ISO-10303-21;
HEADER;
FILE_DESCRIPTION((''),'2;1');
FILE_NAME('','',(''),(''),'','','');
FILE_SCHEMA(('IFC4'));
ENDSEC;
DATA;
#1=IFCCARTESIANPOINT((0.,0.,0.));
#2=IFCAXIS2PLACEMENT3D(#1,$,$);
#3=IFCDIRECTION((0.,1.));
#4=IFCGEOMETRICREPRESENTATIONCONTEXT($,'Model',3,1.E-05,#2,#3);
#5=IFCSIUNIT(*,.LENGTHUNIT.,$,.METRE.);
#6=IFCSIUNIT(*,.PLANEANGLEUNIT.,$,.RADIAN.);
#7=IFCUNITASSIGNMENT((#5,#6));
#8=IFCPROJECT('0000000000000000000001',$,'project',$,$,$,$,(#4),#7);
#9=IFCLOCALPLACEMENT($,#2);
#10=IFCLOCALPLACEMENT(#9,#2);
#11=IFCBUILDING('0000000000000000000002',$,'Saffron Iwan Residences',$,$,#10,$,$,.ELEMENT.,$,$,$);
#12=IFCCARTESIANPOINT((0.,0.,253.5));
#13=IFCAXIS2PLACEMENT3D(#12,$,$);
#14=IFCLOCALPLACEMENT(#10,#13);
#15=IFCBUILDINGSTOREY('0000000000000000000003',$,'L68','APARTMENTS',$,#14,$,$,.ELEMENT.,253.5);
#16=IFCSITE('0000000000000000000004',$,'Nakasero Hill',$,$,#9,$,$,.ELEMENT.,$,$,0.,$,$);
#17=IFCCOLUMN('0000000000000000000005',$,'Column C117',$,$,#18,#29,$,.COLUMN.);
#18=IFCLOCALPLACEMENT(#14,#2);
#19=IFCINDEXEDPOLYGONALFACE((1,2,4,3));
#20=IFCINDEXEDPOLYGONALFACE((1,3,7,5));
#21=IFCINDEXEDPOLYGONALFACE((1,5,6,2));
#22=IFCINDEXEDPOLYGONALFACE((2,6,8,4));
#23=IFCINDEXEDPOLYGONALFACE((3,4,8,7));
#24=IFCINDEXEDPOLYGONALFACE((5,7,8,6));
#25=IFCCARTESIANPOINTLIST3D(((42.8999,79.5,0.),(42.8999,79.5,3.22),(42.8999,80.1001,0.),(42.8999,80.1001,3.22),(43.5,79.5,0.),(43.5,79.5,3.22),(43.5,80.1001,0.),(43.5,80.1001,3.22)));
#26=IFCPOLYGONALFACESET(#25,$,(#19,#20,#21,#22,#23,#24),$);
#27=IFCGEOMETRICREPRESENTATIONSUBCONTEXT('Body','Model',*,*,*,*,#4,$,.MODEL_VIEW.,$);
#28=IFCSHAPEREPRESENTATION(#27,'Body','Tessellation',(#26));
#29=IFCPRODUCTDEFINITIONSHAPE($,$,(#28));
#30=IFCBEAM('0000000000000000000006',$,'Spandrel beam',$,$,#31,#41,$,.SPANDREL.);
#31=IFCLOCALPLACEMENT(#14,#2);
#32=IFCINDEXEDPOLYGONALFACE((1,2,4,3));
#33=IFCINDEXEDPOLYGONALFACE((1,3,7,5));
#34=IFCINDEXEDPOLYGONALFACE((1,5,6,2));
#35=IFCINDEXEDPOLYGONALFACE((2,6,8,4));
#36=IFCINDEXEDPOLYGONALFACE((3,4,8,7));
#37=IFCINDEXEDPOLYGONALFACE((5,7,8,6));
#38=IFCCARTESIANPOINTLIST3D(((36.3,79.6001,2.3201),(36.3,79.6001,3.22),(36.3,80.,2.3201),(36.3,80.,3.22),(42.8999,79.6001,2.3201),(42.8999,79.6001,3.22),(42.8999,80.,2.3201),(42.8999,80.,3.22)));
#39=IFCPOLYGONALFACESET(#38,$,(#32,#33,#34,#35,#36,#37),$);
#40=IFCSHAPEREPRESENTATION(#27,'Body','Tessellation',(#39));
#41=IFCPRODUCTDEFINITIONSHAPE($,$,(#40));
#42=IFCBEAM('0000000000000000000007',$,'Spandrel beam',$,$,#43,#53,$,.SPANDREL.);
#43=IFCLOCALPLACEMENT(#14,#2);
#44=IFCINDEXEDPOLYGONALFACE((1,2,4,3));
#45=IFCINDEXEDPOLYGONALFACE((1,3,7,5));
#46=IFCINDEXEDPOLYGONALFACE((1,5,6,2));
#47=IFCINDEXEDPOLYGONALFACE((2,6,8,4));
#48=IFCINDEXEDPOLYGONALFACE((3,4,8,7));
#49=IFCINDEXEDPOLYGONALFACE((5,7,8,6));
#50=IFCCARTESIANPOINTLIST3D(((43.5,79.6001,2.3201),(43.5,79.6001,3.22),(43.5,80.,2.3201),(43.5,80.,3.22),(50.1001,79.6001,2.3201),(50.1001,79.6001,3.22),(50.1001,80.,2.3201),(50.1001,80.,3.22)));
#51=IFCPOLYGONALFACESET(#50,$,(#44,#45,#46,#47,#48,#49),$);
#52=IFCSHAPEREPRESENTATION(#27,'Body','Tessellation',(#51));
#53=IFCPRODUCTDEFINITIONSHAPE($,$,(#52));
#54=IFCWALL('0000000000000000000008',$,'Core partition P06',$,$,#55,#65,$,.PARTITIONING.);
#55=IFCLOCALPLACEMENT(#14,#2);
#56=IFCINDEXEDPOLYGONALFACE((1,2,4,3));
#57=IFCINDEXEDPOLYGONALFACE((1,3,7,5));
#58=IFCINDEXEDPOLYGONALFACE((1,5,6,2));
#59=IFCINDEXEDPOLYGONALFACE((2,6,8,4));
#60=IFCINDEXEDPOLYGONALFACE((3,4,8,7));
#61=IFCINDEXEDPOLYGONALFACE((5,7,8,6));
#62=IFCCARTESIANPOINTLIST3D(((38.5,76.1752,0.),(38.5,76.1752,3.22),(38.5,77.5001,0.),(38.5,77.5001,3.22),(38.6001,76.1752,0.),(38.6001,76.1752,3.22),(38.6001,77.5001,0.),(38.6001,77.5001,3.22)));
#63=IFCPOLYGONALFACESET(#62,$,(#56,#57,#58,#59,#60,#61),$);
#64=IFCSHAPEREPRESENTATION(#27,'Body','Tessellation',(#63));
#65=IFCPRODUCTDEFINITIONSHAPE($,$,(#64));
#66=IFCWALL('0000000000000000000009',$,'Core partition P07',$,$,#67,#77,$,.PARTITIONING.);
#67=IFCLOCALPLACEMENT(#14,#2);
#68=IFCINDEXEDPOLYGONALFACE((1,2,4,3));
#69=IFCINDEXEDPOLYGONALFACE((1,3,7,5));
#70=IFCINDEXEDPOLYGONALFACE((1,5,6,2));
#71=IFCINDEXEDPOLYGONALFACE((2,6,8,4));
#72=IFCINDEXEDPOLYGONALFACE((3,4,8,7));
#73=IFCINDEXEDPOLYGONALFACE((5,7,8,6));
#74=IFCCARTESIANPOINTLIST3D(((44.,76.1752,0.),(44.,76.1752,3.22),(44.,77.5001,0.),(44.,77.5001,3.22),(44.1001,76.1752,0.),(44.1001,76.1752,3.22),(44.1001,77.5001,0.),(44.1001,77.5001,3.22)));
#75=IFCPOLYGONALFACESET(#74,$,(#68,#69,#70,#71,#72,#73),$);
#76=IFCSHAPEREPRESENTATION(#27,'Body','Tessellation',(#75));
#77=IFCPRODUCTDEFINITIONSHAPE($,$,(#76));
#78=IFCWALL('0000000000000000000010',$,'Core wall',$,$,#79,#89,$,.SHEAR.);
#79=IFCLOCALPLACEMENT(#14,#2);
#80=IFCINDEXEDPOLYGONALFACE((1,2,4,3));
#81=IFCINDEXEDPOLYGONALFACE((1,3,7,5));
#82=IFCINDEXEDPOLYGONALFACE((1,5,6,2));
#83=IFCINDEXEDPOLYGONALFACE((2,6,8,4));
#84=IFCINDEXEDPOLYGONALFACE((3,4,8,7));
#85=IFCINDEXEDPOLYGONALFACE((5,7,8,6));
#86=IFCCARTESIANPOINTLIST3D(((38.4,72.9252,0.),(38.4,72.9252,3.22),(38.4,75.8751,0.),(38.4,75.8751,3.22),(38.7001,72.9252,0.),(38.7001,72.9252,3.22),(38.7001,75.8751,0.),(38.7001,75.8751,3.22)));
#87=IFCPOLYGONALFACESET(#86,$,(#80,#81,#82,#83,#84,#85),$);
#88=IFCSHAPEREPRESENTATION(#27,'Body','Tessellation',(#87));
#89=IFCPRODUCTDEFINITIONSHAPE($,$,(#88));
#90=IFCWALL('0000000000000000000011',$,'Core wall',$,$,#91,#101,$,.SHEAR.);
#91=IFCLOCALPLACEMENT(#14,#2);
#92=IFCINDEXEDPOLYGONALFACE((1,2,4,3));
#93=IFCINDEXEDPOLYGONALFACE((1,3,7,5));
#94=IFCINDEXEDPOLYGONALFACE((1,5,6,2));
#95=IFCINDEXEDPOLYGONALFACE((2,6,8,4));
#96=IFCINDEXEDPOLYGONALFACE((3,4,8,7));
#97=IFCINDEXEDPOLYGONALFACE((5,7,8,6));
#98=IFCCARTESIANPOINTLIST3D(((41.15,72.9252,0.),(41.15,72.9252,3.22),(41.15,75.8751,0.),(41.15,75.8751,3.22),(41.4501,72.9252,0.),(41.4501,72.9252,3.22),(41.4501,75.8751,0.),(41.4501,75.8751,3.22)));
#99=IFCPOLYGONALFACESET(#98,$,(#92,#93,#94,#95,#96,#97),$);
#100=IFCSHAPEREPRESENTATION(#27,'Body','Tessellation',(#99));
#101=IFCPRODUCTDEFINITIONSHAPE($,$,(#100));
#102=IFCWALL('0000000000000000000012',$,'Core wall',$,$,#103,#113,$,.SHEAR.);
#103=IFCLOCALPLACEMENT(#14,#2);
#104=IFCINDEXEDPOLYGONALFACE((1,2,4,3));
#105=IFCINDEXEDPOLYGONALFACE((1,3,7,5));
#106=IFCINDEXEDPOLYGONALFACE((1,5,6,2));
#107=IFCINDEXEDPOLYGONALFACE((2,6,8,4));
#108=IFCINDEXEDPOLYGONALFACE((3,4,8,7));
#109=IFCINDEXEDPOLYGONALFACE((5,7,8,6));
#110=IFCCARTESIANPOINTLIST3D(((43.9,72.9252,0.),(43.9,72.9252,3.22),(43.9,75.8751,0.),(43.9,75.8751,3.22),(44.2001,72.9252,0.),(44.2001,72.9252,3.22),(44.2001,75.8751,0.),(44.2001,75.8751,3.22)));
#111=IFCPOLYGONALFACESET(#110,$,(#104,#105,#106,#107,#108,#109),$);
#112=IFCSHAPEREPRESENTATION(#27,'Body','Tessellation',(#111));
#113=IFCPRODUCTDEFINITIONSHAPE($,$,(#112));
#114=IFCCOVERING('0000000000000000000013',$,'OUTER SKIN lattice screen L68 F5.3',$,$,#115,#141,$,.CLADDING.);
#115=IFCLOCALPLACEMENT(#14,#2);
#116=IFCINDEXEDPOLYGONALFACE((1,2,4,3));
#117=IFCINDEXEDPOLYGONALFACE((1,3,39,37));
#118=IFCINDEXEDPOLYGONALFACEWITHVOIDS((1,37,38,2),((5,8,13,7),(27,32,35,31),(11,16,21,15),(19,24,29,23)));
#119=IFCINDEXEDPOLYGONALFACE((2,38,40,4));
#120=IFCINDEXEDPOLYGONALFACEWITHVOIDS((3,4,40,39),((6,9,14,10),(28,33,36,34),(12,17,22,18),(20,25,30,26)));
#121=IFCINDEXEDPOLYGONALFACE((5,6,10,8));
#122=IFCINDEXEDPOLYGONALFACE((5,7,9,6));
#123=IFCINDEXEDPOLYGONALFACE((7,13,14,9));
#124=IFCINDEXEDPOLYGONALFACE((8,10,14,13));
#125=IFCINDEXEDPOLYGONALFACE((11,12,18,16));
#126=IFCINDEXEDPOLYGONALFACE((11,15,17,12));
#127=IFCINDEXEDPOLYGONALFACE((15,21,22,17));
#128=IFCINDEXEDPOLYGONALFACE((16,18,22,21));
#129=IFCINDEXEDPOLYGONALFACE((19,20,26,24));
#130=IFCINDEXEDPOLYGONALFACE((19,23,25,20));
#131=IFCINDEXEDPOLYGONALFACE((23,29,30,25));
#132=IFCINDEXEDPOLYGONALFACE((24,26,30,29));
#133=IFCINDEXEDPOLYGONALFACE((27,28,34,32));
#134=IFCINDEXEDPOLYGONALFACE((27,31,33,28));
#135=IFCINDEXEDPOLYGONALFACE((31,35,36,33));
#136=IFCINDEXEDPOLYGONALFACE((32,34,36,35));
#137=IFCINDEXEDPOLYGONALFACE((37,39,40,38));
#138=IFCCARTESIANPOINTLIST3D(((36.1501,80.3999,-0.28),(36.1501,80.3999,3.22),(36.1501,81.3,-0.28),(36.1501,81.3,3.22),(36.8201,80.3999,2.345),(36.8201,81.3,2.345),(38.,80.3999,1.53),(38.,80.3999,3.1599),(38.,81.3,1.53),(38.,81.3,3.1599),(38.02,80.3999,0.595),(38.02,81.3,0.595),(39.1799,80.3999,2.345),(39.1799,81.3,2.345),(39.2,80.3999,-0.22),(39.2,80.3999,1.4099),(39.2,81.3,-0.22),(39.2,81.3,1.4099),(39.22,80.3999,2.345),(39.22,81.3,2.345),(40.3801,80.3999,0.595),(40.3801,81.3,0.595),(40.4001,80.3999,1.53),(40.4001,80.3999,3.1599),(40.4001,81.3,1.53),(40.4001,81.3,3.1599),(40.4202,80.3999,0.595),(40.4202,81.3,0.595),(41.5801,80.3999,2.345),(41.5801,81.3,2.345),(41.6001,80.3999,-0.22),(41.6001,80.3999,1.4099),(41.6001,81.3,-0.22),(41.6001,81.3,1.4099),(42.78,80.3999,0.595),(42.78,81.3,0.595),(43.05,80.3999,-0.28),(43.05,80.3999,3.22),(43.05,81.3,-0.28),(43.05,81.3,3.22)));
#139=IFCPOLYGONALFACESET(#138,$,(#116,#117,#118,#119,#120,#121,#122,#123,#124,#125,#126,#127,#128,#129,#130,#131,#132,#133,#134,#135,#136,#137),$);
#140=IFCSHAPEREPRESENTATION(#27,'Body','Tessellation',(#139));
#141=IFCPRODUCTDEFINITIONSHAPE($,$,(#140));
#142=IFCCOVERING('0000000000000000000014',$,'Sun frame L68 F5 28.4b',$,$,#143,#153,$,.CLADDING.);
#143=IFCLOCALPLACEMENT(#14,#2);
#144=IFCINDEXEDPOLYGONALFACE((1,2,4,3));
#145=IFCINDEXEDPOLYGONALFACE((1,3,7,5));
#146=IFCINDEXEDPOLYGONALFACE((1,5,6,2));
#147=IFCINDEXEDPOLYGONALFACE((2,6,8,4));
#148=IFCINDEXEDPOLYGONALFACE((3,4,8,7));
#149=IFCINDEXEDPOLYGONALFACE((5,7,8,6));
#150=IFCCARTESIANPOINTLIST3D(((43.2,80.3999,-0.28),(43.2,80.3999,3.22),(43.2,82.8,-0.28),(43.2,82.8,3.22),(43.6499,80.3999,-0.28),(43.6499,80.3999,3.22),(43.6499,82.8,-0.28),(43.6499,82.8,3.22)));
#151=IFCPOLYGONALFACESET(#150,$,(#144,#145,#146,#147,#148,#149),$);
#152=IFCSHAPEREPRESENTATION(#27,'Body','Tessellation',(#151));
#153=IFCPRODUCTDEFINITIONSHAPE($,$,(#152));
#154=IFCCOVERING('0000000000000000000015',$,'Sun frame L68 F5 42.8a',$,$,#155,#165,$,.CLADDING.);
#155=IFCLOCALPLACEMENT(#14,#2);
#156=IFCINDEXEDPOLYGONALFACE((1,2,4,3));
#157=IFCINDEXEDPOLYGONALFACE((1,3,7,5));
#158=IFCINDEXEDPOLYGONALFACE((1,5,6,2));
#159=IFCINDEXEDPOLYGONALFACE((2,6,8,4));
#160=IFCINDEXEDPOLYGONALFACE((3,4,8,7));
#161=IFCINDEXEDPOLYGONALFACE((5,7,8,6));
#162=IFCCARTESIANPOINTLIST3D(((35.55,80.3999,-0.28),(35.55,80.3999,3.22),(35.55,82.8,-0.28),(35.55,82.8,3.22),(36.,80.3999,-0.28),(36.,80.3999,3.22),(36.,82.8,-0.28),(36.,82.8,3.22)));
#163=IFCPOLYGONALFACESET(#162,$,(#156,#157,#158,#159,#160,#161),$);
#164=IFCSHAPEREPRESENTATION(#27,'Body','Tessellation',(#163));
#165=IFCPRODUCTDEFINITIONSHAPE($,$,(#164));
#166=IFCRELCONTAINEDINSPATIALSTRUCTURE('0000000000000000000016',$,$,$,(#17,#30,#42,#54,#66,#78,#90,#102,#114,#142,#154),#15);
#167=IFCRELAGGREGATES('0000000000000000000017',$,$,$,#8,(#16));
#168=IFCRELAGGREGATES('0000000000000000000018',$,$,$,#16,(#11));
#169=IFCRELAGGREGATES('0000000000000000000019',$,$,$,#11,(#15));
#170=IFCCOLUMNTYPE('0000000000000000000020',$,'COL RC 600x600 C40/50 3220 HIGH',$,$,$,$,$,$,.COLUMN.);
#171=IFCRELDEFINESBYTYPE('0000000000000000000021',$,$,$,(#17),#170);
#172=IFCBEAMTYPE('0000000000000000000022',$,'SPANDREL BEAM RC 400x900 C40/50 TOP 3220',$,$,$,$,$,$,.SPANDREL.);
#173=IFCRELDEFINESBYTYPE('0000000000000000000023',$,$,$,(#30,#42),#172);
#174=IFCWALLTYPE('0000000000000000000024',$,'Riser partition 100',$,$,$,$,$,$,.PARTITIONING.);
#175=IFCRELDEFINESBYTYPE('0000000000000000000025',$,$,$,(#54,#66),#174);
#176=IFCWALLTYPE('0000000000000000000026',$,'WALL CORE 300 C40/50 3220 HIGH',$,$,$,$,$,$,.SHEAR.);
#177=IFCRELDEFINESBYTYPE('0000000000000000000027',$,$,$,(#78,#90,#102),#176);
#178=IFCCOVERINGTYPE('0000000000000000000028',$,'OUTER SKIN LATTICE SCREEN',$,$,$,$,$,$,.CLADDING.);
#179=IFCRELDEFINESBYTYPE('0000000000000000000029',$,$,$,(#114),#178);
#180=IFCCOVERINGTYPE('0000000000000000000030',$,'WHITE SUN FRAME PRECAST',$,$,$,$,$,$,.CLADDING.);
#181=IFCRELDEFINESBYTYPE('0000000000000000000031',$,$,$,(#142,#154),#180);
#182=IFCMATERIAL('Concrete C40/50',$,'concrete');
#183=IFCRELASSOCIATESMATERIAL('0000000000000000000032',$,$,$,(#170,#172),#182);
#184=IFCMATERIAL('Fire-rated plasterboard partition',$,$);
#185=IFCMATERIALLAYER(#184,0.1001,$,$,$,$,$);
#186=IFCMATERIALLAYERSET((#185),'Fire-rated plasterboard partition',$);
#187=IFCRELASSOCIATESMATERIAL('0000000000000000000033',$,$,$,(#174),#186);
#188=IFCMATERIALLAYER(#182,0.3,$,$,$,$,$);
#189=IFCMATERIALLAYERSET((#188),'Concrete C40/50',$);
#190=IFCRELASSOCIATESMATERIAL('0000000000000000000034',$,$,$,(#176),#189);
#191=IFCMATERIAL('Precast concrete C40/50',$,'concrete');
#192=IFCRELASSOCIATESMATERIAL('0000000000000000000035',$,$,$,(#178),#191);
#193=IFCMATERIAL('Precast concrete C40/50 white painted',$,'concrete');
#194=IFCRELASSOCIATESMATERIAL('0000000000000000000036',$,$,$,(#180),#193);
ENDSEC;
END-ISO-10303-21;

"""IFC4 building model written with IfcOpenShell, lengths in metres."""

from ifc_helpers import new_model, si_unit, direction, frame, frame_2d, origin, origin_2d, place, context, subcontext, project, spatial, polyline, rectangle, outline, extrude, source, transform, mapped, material, layer, layer_set, material_profile, profile_set, type_object, element, save


model = new_model("IFC4")

# Units and contexts
model_context = context("Model", 3, precision=1e-05, world=origin(), true_north=direction((0.0, 1.0)))
body_context = subcontext(model_context, "Body", "Model", "MODEL_VIEW")
ifc_project = project(units=[si_unit("LENGTHUNIT", "METRE"), si_unit("PLANEANGLEUNIT", "RADIAN")], contexts=[model_context])

# Site, building, storey
site_placement = place(None, origin())
site = spatial("IfcSite", under=ifc_project, at=site_placement, Name="Nakasero Hill", CompositionType="ELEMENT", RefElevation=0.0)
building_placement = place(site_placement, origin())
building = spatial("IfcBuilding", under=site, at=building_placement, Name="Saffron Iwan Residences", CompositionType="ELEMENT")
storey_placement = place(building_placement, frame((0.0, 0.0, 253.5)))
storey = spatial("IfcBuildingStorey", under=building, at=storey_placement, Name="L68", Description="APARTMENTS", CompositionType="ELEMENT", Elevation=253.5)

# Column
ifc_material_1 = material(Name="Concrete C40/50", Category="concrete")
ifc_material_profile_1 = material_profile(ifc_material_1, rectangle(XDim=0.6001, YDim=0.6001, at=origin_2d()), Name="RC 600x600")
ifc_profile_set_1 = profile_set([ifc_material_profile_1], Name="Concrete C40/50")
column_type = type_object("IfcColumnType", Name="COL RC 600x600 C40/50 3220 HIGH", PredefinedType="COLUMN", material=ifc_profile_set_1)
shared_shape_1 = source(origin(), body_context, "Body", "SweptSolid", [
    extrude(rectangle(XDim=0.6001, YDim=0.6001, at=origin_2d()), origin(), (0.0, 0.0, 1.0), 3.22),
])
column_placement = place(storey_placement, frame((43.2, 79.8, 0.0), z_axis=(0.0, 0.0, 1.0), x_axis=(1.0, 0.0, 0.0)))
element("IfcColumn", 1, at=column_placement, inside=storey, type_object=column_type, Name="Column C117", PredefinedType="COLUMN", context=body_context, shape_type="MappedRepresentation", body=[
    mapped(shared_shape_1, transform((0.0, 0.0, 0.0))),
])

# Beams
ifc_material_profile_2 = material_profile(ifc_material_1, rectangle(XDim=0.3999, YDim=0.8999, at=origin_2d()), Name="RC 400x900")
ifc_profile_set_2 = profile_set([ifc_material_profile_2], Name="Concrete C40/50")
beam_type = type_object("IfcBeamType", Name="SPANDREL BEAM RC 400x900 C40/50 TOP 3220", PredefinedType="SPANDREL", material=ifc_profile_set_2)
shared_shape_2 = source(origin(), body_context, "Body", "SweptSolid", [
    extrude(rectangle(XDim=0.3999, YDim=0.8999, at=origin_2d()), origin(), (0.0, 0.0, 1.0), 6.5999),
])
beam_1_placement = place(storey_placement, frame((36.3, 79.8, 2.77), z_axis=(1.0, 0.0, 0.0), x_axis=(0.0, 1.0, 0.0)))
element("IfcBeam", 2, at=beam_1_placement, inside=storey, type_object=beam_type, Name="Spandrel beam", PredefinedType="SPANDREL", context=body_context, shape_type="MappedRepresentation", body=[
    mapped(shared_shape_2, transform((0.0, 0.0, 0.0))),
])
shared_shape_3 = source(origin(), body_context, "Body", "SweptSolid", [
    extrude(rectangle(XDim=0.3999, YDim=0.8999, at=origin_2d()), origin(), (0.0, 0.0, 1.0), 6.6001),
])
beam_2_placement = place(storey_placement, frame((43.5, 79.8, 2.77), z_axis=(1.0, 0.0, 0.0), x_axis=(0.0, 1.0, 0.0)))
element("IfcBeam", 3, at=beam_2_placement, inside=storey, type_object=beam_type, Name="Spandrel beam", PredefinedType="SPANDREL", context=body_context, shape_type="MappedRepresentation", body=[
    mapped(shared_shape_3, transform((0.0, 0.0, 0.0))),
])

# Walls
ifc_material_2 = material(Name="Fire-rated plasterboard partition")
ifc_layer_1 = layer(ifc_material_2, 0.1001)
ifc_layer_set_1 = layer_set([ifc_layer_1], Name="Fire-rated plasterboard partition")
wall_type_1 = type_object("IfcWallType", Name="Riser partition 100", PredefinedType="PARTITIONING", material=ifc_layer_set_1)
for number, where, z_axis, x_axis, name in (
    (4, (38.55, 76.175, 0.0), (0.0, 0.0, 1.0), (0.0, 1.0, 0.0), "Core partition P06"),
    (5, (44.05, 76.175, 0.0), (0.0, 0.0, 1.0), (0.0, 1.0, 0.0), "Core partition P07"),
):
    element("IfcWall", number, at=place(storey_placement, frame(where, z_axis=z_axis, x_axis=x_axis)), inside=storey, type_object=wall_type_1, Name=name, PredefinedType="PARTITIONING", context=body_context, shape_type="SweptSolid", body=[
        extrude(rectangle(XDim=1.325, YDim=0.1001, at=frame_2d((0.6626, 0.0))), origin(), (0.0, 0.0, 1.0), 3.22),
    ])
ifc_layer_2 = layer(ifc_material_1, 0.3)
ifc_layer_set_2 = layer_set([ifc_layer_2], Name="Concrete C40/50")
wall_type_2 = type_object("IfcWallType", Name="WALL CORE 300 C40/50 3220 HIGH", PredefinedType="SHEAR", material=ifc_layer_set_2)
for number, where, z_axis, x_axis, name in (
    (6, (38.55, 72.925, 0.0), (0.0, 0.0, 1.0), (0.0, 1.0, 0.0), "Core wall"),
    (7, (41.3, 72.925, 0.0), (0.0, 0.0, 1.0), (0.0, 1.0, 0.0), "Core wall"),
    (8, (44.05, 72.925, 0.0), (0.0, 0.0, 1.0), (0.0, 1.0, 0.0), "Core wall"),
):
    element("IfcWall", number, at=place(storey_placement, frame(where, z_axis=z_axis, x_axis=x_axis)), inside=storey, type_object=wall_type_2, Name=name, PredefinedType="SHEAR", context=body_context, shape_type="SweptSolid", body=[
        extrude(rectangle(XDim=2.95, YDim=0.3, at=frame_2d((1.4751, 0.0))), origin(), (0.0, 0.0, 1.0), 3.22),
    ])

# Coverings
ifc_material_3 = material(Name="Precast concrete C40/50", Category="concrete")
covering_type_1 = type_object("IfcCoveringType", Name="OUTER SKIN LATTICE SCREEN", PredefinedType="CLADDING", material=ifc_material_3)
covering_placement = place(storey_placement, frame((43.05, 80.3999, -0.28), z_axis=(0.0, 1.0, 0.0), x_axis=(-1.0, 0.0, 0.0)))
element("IfcCovering", 9, at=covering_placement, inside=storey, type_object=covering_type_1, Name="OUTER SKIN lattice screen L68 F5.3", PredefinedType="CLADDING", context=body_context, shape_type="SweptSolid", body=[
    extrude(outline(polyline([(0.0, 0.0), (6.8999, 0.0), (6.8999, 3.5), (0.0, 3.5), (0.0, 0.0)]), holes=[polyline([(0.27, 0.875), (1.45, 0.0601), (2.6299, 0.875), (1.45, 1.6899), (0.27, 0.875)]), polyline([(2.6699, 0.875), (3.8501, 0.0601), (5.03, 0.875), (3.8501, 1.6899), (2.6699, 0.875)]), polyline([(1.47, 2.625), (2.6499, 1.8101), (3.8301, 2.625), (2.6499, 3.4399), (1.47, 2.625)]), polyline([(3.8701, 2.625), (5.05, 1.8101), (6.23, 2.625), (5.05, 3.4399), (3.8701, 2.625)])]), origin(), (0.0, 0.0, 1.0), 0.9001),
])
ifc_material_4 = material(Name="Precast concrete C40/50 white painted", Category="concrete")
covering_type_2 = type_object("IfcCoveringType", Name="WHITE SUN FRAME PRECAST", PredefinedType="CLADDING", material=ifc_material_4)
for number, where, z_axis, x_axis, name in (
    (10, (43.6499, 80.3999, -0.28), (0.0, 1.0, 0.0), (-1.0, 0.0, 0.0), "Sun frame L68 F5 28.4b"),
    (11, (36.0, 80.3999, -0.28), (0.0, 1.0, 0.0), (-1.0, 0.0, 0.0), "Sun frame L68 F5 42.8a"),
):
    element("IfcCovering", number, at=place(storey_placement, frame(where, z_axis=z_axis, x_axis=x_axis)), inside=storey, type_object=covering_type_2, Name=name, PredefinedType="CLADDING", context=body_context, shape_type="SweptSolid", body=[
        extrude(outline(polyline([(0.0, 0.0), (0.45, 0.0), (0.45, 3.5), (0.0, 3.5), (0.0, 0.0)])), origin(), (0.0, 0.0, 1.0), 2.4001),
    ])

save(model, "model.ifc")
